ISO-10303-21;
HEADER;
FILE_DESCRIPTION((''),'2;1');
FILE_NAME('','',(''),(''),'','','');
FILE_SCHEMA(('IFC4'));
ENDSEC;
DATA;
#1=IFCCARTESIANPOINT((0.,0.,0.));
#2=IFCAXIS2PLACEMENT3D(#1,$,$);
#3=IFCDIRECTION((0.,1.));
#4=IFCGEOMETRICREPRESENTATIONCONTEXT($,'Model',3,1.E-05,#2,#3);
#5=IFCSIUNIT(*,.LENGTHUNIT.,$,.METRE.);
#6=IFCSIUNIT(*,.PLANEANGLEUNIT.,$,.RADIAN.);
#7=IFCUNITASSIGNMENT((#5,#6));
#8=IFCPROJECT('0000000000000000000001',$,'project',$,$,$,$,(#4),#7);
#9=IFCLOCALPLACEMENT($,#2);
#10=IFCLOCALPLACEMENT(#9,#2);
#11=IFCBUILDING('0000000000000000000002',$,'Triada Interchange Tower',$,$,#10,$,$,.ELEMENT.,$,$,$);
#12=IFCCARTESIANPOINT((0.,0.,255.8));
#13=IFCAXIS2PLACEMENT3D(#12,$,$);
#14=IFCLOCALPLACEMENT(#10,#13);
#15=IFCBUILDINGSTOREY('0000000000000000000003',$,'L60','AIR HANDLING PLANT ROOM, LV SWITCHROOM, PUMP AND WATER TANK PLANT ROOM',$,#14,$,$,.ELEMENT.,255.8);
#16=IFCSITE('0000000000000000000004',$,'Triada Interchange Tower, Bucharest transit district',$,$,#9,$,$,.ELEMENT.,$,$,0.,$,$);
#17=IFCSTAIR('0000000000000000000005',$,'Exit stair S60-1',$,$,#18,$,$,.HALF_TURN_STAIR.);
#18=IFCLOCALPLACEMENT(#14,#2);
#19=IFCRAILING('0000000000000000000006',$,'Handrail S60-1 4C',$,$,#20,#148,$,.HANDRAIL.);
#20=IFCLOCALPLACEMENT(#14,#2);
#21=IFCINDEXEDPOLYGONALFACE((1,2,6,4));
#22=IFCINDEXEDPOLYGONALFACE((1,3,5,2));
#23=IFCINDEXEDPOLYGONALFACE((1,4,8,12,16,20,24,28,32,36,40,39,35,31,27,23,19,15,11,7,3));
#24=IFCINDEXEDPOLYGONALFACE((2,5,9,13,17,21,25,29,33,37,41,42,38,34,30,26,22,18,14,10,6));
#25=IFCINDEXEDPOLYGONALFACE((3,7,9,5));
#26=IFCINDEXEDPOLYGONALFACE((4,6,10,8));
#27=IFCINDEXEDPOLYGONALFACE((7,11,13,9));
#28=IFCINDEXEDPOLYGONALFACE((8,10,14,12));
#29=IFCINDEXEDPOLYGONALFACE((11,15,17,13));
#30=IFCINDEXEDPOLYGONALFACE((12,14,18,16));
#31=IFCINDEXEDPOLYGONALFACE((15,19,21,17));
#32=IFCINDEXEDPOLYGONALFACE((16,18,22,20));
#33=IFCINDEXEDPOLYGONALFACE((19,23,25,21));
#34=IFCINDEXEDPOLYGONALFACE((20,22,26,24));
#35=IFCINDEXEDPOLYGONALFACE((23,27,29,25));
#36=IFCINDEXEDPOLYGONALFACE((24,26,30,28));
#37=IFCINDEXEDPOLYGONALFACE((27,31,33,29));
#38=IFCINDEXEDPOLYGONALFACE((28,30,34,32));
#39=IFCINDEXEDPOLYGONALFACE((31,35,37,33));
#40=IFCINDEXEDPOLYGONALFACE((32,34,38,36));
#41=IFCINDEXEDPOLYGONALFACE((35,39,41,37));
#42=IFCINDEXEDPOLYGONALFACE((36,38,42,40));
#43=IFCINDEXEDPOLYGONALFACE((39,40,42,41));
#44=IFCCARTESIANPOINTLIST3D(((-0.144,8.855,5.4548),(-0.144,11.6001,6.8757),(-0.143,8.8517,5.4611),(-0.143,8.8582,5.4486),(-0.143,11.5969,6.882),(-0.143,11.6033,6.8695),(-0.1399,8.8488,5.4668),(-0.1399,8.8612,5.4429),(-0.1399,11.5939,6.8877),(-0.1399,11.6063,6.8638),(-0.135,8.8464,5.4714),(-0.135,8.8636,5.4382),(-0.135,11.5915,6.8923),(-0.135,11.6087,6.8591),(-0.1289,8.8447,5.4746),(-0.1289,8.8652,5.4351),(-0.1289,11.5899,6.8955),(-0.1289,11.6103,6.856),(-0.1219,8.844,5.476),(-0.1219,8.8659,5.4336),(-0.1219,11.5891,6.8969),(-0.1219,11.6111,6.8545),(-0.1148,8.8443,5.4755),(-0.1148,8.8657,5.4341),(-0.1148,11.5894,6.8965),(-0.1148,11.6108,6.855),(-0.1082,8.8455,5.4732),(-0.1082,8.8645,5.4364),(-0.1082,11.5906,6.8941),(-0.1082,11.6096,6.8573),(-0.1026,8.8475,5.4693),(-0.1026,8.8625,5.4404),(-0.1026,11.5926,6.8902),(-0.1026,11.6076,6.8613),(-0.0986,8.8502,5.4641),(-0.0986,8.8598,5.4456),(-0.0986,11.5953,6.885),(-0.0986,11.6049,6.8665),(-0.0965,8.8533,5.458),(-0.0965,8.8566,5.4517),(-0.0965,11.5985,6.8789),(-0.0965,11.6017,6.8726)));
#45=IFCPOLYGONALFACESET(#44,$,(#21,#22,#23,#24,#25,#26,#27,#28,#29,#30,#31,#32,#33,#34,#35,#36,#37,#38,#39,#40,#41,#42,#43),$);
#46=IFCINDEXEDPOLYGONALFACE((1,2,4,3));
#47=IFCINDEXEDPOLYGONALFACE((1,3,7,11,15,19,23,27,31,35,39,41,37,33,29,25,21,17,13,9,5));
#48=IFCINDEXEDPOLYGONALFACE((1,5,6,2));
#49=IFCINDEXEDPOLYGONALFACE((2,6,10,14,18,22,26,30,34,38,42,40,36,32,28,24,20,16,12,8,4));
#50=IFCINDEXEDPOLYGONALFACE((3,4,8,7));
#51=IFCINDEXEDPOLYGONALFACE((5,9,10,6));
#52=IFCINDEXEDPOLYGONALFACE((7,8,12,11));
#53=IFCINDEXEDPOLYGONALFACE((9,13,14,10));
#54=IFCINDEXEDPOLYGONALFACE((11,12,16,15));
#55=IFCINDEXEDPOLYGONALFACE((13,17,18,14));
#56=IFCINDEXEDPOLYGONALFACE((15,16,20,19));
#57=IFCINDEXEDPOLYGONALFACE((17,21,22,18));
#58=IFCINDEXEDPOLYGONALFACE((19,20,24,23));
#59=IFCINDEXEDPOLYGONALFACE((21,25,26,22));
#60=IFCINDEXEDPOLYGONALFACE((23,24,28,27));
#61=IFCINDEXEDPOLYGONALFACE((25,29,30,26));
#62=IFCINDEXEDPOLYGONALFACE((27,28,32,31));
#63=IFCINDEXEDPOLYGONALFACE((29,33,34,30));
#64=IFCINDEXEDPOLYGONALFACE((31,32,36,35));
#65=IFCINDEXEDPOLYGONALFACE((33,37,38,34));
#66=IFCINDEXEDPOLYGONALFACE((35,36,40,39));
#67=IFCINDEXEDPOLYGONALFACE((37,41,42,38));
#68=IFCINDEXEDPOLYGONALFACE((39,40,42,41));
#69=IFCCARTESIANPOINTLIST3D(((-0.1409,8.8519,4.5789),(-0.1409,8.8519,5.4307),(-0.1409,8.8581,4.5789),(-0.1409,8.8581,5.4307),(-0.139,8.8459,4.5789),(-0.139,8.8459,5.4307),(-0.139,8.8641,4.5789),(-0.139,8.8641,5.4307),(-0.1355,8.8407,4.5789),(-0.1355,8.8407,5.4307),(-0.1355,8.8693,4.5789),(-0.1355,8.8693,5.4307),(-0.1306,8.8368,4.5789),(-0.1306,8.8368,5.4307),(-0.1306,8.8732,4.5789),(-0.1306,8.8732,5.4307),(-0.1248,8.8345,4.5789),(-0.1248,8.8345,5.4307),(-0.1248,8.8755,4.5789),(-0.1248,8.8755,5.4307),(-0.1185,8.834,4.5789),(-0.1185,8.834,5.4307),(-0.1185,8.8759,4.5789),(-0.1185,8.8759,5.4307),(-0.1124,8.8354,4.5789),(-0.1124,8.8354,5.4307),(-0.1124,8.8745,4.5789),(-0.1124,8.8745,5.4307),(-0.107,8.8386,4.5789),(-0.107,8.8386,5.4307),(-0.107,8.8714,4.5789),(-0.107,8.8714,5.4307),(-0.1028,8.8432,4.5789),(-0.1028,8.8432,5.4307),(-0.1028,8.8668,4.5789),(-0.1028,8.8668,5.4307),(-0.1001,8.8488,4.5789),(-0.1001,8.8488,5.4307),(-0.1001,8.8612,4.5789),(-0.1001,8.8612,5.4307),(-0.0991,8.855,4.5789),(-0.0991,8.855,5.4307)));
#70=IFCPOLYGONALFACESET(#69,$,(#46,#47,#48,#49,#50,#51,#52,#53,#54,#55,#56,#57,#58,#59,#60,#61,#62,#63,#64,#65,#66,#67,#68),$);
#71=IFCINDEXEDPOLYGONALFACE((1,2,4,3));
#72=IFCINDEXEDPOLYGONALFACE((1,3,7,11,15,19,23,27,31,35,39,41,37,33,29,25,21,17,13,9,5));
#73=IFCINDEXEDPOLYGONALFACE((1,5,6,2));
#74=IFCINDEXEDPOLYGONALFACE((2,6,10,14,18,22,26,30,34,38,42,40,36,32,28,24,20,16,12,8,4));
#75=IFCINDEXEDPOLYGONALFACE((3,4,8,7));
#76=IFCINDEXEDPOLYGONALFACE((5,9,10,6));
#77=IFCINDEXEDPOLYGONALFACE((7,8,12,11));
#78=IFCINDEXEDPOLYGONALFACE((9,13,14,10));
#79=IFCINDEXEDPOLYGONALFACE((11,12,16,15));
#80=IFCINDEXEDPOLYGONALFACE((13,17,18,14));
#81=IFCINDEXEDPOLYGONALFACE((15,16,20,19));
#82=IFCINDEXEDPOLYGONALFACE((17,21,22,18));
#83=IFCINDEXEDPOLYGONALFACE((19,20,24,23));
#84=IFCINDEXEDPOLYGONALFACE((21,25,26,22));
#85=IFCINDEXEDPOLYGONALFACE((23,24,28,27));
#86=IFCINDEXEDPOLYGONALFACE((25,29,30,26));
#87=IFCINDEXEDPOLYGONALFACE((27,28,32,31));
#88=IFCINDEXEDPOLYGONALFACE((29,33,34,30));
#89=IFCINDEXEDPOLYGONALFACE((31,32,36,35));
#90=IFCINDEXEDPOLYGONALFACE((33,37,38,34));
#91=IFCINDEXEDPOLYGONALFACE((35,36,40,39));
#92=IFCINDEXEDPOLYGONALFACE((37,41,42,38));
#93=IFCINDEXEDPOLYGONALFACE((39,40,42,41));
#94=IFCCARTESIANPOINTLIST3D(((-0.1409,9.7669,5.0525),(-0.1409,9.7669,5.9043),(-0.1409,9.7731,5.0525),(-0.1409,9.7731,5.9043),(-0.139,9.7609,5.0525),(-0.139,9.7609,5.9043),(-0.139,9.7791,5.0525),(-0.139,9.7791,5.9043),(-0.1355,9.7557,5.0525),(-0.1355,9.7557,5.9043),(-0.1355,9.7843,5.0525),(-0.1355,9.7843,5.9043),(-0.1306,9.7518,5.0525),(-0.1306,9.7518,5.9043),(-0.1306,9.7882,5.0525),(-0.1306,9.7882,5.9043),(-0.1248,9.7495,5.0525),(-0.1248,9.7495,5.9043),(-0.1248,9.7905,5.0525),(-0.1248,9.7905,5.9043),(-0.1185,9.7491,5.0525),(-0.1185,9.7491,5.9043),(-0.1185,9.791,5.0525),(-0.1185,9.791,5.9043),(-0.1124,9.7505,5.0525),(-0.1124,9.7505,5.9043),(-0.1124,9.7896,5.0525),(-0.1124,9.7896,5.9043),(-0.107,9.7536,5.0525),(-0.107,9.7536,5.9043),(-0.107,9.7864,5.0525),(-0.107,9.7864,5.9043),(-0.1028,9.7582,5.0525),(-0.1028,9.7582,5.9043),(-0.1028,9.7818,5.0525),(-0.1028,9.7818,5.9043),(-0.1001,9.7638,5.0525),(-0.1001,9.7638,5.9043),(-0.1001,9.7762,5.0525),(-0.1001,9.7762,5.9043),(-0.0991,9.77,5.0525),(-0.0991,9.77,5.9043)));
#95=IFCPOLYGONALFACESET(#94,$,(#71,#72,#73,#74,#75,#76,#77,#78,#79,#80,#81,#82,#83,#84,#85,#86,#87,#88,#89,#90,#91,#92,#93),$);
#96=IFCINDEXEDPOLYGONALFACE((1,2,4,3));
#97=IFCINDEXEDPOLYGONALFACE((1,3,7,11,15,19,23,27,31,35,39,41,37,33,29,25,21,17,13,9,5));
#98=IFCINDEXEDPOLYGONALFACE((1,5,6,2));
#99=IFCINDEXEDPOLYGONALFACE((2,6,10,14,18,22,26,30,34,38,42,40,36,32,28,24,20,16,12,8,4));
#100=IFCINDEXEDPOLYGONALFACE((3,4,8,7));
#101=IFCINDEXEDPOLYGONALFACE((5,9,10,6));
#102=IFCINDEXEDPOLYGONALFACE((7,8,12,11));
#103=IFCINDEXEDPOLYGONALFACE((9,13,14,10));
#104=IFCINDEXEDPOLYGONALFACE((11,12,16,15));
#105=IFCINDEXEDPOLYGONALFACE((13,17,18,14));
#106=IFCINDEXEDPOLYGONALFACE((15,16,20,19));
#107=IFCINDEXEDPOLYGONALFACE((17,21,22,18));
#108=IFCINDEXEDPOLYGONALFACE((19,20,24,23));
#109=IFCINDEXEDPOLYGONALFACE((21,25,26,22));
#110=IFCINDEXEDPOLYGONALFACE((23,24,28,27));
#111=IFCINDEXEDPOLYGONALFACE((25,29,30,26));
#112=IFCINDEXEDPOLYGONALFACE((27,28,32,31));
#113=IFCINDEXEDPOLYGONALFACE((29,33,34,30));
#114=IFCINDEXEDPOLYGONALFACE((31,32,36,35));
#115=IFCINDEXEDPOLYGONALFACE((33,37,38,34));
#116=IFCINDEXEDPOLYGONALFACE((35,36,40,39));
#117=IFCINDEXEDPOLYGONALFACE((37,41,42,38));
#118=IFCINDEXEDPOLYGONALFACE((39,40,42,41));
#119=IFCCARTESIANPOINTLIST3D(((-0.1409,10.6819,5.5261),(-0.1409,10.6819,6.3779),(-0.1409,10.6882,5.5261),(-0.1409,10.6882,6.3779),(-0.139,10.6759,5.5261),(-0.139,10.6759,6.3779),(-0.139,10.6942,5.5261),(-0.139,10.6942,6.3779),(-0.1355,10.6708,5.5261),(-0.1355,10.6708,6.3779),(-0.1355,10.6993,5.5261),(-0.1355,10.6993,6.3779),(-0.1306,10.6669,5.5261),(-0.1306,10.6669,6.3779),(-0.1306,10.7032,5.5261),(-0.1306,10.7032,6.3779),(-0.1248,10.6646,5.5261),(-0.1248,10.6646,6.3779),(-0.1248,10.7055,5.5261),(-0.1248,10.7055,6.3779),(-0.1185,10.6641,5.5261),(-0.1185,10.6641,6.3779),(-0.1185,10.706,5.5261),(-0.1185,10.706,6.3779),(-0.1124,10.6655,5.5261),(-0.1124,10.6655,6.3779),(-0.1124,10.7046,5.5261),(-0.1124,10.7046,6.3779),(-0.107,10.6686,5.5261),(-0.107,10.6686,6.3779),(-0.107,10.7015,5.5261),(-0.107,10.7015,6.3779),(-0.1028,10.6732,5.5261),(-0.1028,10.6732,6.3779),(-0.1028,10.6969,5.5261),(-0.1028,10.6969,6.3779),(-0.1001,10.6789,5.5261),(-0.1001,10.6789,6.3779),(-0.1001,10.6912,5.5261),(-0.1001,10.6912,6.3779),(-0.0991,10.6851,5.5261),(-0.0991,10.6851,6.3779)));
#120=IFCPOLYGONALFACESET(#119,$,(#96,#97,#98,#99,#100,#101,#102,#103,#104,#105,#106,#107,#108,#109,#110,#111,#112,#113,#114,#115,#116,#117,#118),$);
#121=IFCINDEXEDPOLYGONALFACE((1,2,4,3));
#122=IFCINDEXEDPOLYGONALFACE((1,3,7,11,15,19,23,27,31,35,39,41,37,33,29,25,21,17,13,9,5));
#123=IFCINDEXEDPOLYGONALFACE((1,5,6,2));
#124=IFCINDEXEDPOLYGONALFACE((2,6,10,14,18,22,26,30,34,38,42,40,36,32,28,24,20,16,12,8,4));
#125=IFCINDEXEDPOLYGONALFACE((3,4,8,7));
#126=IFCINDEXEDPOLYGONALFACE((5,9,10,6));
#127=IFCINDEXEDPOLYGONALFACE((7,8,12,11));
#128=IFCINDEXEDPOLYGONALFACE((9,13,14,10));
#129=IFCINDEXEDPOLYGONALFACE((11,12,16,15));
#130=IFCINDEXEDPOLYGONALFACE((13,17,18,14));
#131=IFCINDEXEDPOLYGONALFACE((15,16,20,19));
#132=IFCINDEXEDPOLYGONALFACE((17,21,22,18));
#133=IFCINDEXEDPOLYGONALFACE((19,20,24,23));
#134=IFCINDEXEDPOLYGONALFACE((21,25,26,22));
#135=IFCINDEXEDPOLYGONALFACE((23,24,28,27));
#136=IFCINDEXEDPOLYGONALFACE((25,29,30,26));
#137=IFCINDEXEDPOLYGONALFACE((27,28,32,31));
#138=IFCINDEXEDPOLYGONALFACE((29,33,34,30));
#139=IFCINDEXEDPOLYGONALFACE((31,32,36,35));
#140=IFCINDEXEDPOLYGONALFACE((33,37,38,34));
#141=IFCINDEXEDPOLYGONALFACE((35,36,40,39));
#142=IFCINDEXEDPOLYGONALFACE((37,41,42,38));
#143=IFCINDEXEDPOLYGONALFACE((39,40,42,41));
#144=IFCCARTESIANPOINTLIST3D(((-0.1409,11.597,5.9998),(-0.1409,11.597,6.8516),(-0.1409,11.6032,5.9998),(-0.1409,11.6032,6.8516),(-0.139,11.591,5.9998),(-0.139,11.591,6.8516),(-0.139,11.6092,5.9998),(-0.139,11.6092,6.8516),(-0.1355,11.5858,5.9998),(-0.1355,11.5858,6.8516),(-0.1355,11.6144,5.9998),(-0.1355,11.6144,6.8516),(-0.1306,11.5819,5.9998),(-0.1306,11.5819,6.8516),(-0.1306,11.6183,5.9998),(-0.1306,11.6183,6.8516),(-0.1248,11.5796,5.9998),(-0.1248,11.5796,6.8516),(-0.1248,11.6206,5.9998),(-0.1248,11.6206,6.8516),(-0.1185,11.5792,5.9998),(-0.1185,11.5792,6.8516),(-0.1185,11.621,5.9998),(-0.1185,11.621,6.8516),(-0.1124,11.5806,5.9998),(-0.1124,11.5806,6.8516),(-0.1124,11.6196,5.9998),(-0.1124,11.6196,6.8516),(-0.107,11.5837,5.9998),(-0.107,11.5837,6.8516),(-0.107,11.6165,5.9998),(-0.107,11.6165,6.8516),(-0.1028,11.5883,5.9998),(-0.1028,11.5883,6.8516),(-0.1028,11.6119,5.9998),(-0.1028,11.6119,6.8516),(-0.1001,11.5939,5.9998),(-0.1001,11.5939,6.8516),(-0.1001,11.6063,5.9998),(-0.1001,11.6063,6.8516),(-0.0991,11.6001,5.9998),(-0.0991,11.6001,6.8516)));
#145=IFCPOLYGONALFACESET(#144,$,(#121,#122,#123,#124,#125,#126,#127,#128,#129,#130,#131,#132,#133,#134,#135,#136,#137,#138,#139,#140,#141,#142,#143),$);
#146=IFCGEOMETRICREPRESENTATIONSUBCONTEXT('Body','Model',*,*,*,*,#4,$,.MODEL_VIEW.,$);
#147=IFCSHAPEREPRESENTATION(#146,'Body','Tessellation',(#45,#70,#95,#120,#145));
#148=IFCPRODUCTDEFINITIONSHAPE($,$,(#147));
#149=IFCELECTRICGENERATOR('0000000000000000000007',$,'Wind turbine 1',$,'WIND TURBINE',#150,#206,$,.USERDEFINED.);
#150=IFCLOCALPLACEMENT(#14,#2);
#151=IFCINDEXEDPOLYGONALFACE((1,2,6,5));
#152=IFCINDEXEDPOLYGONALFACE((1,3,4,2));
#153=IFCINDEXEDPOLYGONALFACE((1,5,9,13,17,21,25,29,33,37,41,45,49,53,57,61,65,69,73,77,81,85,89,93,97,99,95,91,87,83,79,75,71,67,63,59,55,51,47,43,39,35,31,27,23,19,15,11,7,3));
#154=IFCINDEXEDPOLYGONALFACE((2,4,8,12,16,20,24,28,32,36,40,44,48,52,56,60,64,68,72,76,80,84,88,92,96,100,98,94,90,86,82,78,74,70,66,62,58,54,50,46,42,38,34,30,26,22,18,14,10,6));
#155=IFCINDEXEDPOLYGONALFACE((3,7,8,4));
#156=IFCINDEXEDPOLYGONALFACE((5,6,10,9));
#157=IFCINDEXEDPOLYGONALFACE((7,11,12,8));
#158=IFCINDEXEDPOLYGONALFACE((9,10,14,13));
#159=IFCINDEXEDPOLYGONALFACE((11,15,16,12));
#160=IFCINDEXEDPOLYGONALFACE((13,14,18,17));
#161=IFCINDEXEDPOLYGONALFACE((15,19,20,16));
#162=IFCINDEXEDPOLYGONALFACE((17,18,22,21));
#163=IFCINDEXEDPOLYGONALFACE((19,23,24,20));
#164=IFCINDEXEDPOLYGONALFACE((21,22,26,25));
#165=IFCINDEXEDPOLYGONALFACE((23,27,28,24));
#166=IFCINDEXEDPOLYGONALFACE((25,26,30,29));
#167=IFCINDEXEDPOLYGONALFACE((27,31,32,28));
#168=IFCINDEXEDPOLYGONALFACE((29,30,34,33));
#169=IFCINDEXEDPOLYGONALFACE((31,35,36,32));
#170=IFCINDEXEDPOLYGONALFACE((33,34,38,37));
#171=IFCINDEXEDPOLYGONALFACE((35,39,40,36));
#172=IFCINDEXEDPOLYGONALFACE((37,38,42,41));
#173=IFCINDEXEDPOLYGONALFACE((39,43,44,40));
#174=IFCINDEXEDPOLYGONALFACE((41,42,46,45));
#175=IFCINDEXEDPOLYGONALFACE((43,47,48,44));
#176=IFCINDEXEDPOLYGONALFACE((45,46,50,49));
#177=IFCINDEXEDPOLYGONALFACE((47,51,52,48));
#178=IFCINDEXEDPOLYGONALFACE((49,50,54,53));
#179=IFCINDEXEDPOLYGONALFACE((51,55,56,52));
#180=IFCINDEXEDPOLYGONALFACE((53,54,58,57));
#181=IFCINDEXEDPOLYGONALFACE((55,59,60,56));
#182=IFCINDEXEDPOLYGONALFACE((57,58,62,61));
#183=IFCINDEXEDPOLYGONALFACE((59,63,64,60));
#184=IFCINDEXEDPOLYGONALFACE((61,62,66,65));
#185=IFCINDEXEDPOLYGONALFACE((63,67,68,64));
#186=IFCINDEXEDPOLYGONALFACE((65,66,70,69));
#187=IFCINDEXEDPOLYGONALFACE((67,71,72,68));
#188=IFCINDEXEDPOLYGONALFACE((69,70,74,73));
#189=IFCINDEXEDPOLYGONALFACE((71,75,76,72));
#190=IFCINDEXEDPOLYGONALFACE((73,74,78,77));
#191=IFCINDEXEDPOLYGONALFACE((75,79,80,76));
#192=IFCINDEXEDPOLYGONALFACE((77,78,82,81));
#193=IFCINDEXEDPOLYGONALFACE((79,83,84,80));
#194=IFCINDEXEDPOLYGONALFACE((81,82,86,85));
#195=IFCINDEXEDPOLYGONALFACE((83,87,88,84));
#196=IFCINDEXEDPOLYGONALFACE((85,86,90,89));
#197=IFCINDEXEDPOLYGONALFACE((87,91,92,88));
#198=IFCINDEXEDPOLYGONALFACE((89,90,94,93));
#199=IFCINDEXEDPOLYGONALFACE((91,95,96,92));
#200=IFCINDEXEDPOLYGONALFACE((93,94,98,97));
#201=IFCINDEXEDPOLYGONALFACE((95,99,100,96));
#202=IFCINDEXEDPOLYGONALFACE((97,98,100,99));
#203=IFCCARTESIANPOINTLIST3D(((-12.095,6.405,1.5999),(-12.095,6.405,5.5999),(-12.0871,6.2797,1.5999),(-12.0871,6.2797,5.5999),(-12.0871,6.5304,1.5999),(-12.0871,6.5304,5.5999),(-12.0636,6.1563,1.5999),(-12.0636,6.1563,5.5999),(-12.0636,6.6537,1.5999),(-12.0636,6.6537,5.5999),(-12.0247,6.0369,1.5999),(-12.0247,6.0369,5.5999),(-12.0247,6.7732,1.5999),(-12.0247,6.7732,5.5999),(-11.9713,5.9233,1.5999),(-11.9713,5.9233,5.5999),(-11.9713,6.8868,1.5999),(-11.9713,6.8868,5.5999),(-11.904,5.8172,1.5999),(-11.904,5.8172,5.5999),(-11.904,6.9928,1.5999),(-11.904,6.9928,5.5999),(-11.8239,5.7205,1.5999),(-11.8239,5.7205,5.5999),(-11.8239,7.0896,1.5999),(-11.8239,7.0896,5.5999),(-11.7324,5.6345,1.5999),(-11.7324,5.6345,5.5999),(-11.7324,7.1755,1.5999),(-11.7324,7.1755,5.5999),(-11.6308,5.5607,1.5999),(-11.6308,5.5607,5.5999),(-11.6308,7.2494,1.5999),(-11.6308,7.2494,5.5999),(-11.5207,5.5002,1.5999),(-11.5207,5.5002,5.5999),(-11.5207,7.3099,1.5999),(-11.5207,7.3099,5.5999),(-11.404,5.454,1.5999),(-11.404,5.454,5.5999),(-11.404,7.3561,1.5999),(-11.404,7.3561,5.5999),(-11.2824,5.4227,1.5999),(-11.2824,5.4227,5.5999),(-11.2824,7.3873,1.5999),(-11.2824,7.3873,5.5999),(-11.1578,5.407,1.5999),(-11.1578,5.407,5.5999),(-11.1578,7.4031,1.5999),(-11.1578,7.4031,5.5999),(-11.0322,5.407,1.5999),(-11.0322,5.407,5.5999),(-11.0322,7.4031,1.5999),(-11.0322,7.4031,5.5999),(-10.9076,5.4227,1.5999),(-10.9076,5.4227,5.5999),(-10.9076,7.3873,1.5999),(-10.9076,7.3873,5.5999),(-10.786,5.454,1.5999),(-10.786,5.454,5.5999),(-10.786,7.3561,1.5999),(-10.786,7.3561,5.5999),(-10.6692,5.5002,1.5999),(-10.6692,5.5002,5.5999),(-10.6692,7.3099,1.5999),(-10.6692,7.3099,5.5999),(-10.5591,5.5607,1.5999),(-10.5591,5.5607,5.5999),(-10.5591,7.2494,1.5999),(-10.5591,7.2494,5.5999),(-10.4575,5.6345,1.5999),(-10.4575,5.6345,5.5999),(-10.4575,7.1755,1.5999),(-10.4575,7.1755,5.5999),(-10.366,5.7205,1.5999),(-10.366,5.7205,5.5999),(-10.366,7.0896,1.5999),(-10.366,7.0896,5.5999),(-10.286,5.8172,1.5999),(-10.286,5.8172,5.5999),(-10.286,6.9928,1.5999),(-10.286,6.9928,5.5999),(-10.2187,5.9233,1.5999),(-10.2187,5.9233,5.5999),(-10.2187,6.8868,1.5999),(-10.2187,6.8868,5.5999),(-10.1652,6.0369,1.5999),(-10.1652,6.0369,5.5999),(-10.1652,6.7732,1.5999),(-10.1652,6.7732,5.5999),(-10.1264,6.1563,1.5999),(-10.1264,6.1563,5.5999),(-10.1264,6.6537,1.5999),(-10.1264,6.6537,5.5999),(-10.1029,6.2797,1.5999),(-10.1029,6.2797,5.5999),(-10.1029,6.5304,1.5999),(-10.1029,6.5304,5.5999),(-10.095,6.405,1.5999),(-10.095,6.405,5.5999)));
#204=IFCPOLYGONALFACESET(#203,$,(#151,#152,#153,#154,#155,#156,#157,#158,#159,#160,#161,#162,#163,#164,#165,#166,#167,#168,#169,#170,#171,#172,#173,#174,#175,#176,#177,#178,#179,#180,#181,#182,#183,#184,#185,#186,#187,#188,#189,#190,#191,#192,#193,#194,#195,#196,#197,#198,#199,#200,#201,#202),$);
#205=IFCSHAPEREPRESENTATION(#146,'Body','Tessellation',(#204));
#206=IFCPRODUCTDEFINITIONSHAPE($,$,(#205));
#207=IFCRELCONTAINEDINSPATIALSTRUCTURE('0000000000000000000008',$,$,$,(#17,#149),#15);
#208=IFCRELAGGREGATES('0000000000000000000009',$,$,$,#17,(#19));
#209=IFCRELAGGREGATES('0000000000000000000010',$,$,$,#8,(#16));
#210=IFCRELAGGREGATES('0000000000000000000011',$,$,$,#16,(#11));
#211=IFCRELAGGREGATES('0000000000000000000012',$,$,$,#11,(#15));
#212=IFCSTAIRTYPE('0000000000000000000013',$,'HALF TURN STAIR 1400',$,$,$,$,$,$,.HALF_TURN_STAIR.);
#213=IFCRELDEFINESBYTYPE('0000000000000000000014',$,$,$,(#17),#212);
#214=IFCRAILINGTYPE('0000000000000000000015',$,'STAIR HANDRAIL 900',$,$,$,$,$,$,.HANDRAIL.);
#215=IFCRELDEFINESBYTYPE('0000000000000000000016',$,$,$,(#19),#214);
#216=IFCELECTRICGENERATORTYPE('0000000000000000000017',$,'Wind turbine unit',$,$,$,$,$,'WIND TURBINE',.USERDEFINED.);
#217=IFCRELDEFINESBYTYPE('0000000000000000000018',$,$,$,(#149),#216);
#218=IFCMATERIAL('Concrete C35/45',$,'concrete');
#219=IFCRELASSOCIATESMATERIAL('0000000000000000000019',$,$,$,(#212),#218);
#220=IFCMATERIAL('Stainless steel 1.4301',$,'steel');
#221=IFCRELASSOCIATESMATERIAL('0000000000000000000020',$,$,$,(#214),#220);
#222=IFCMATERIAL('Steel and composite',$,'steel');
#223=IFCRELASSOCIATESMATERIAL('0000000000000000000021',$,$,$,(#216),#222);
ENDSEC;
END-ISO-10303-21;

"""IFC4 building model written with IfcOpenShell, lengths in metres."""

from ifc_helpers import new_model, si_unit, direction, frame, origin, origin_2d, place, context, subcontext, project, spatial, circle, extrude, material, type_object, element, aggregate, save


model = new_model("IFC4")

# Units and contexts
model_context = context("Model", 3, precision=1e-05, world=origin(), true_north=direction((0.0, 1.0)))
body_context = subcontext(model_context, "Body", "Model", "MODEL_VIEW")
ifc_project = project(units=[si_unit("LENGTHUNIT", "METRE"), si_unit("PLANEANGLEUNIT", "RADIAN")], contexts=[model_context])

# Site, building, storey
site_placement = place(None, origin())
site = spatial("IfcSite", under=ifc_project, at=site_placement, Name="Triada Interchange Tower, Bucharest transit district", CompositionType="ELEMENT", RefElevation=0.0)
building_placement = place(site_placement, origin())
building = spatial("IfcBuilding", under=site, at=building_placement, Name="Triada Interchange Tower", CompositionType="ELEMENT")
storey_placement = place(building_placement, frame((0.0, 0.0, 255.8)))
storey = spatial("IfcBuildingStorey", under=building, at=storey_placement, Name="L60", Description="AIR HANDLING PLANT ROOM, LV SWITCHROOM, PUMP AND WATER TANK PLANT ROOM", CompositionType="ELEMENT", Elevation=255.8)

# Stair, railing
ifc_material_1 = material(Name="Concrete C35/45", Category="concrete")
stair_type = type_object("IfcStairType", Name="HALF TURN STAIR 1400", PredefinedType="HALF_TURN_STAIR", material=ifc_material_1)
stair_placement = place(storey_placement, origin())
stair = element("IfcStair", 1, at=stair_placement, inside=storey, type_object=stair_type, Name="Exit stair S60-1", PredefinedType="HALF_TURN_STAIR")
ifc_material_2 = material(Name="Stainless steel 1.4301", Category="steel")
railing_type = type_object("IfcRailingType", Name="STAIR HANDRAIL 900", PredefinedType="HANDRAIL", material=ifc_material_2)
railing_1_placement = place(storey_placement, frame((-0.1201, 8.855, 4.5789)))
railing_1 = element("IfcRailing", 2, at=railing_1_placement, type_object=railing_type, Name="Handrail S60-1 4C", PredefinedType="HANDRAIL", context=body_context, shape_type="SweptSolid", body=[
    extrude(circle(Radius=0.0239, at=origin_2d()), frame((0.0, 0.0, 0.876), z_axis=(0.0, 0.888084, 0.459681), x_axis=(-1.0, 0.0, 0.0)), (0.0, 0.0, 1.0), 3.0911),
    extrude(circle(Radius=0.021, at=origin_2d()), origin(), (0.0, 0.0, 1.0), 0.8518),
    extrude(circle(Radius=0.021, at=origin_2d()), frame((0.0, 0.915, 0.4736)), (0.0, 0.0, 1.0), 0.8518),
    extrude(circle(Radius=0.021, at=origin_2d()), frame((0.0, 1.8301, 0.9473)), (0.0, 0.0, 1.0), 0.8518),
    extrude(circle(Radius=0.021, at=origin_2d()), frame((0.0, 2.7451, 1.4209)), (0.0, 0.0, 1.0), 0.8518),
])
aggregate(stair, [railing_1])

# Electric generator
ifc_material_3 = material(Name="Steel and composite", Category="steel")
electric_generator_type = type_object("IfcElectricGeneratorType", Name="Wind turbine unit", ElementType="WIND TURBINE", PredefinedType="USERDEFINED", material=ifc_material_3)
electric_generator_placement = place(storey_placement, frame((-11.095, 6.405, 5.5999), z_axis=(0.0, 0.0, -1.0), x_axis=(1.0, 0.0, 0.0)))
element("IfcElectricGenerator", 3, at=electric_generator_placement, inside=storey, type_object=electric_generator_type, Name="Wind turbine 1", ObjectType="WIND TURBINE", PredefinedType="USERDEFINED", context=body_context, shape_type="SweptSolid", body=[
    extrude(circle(Radius=1.0, at=origin_2d()), origin(), (0.0, 0.0, 1.0), 4.0),
])

save(model, "model.ifc")
